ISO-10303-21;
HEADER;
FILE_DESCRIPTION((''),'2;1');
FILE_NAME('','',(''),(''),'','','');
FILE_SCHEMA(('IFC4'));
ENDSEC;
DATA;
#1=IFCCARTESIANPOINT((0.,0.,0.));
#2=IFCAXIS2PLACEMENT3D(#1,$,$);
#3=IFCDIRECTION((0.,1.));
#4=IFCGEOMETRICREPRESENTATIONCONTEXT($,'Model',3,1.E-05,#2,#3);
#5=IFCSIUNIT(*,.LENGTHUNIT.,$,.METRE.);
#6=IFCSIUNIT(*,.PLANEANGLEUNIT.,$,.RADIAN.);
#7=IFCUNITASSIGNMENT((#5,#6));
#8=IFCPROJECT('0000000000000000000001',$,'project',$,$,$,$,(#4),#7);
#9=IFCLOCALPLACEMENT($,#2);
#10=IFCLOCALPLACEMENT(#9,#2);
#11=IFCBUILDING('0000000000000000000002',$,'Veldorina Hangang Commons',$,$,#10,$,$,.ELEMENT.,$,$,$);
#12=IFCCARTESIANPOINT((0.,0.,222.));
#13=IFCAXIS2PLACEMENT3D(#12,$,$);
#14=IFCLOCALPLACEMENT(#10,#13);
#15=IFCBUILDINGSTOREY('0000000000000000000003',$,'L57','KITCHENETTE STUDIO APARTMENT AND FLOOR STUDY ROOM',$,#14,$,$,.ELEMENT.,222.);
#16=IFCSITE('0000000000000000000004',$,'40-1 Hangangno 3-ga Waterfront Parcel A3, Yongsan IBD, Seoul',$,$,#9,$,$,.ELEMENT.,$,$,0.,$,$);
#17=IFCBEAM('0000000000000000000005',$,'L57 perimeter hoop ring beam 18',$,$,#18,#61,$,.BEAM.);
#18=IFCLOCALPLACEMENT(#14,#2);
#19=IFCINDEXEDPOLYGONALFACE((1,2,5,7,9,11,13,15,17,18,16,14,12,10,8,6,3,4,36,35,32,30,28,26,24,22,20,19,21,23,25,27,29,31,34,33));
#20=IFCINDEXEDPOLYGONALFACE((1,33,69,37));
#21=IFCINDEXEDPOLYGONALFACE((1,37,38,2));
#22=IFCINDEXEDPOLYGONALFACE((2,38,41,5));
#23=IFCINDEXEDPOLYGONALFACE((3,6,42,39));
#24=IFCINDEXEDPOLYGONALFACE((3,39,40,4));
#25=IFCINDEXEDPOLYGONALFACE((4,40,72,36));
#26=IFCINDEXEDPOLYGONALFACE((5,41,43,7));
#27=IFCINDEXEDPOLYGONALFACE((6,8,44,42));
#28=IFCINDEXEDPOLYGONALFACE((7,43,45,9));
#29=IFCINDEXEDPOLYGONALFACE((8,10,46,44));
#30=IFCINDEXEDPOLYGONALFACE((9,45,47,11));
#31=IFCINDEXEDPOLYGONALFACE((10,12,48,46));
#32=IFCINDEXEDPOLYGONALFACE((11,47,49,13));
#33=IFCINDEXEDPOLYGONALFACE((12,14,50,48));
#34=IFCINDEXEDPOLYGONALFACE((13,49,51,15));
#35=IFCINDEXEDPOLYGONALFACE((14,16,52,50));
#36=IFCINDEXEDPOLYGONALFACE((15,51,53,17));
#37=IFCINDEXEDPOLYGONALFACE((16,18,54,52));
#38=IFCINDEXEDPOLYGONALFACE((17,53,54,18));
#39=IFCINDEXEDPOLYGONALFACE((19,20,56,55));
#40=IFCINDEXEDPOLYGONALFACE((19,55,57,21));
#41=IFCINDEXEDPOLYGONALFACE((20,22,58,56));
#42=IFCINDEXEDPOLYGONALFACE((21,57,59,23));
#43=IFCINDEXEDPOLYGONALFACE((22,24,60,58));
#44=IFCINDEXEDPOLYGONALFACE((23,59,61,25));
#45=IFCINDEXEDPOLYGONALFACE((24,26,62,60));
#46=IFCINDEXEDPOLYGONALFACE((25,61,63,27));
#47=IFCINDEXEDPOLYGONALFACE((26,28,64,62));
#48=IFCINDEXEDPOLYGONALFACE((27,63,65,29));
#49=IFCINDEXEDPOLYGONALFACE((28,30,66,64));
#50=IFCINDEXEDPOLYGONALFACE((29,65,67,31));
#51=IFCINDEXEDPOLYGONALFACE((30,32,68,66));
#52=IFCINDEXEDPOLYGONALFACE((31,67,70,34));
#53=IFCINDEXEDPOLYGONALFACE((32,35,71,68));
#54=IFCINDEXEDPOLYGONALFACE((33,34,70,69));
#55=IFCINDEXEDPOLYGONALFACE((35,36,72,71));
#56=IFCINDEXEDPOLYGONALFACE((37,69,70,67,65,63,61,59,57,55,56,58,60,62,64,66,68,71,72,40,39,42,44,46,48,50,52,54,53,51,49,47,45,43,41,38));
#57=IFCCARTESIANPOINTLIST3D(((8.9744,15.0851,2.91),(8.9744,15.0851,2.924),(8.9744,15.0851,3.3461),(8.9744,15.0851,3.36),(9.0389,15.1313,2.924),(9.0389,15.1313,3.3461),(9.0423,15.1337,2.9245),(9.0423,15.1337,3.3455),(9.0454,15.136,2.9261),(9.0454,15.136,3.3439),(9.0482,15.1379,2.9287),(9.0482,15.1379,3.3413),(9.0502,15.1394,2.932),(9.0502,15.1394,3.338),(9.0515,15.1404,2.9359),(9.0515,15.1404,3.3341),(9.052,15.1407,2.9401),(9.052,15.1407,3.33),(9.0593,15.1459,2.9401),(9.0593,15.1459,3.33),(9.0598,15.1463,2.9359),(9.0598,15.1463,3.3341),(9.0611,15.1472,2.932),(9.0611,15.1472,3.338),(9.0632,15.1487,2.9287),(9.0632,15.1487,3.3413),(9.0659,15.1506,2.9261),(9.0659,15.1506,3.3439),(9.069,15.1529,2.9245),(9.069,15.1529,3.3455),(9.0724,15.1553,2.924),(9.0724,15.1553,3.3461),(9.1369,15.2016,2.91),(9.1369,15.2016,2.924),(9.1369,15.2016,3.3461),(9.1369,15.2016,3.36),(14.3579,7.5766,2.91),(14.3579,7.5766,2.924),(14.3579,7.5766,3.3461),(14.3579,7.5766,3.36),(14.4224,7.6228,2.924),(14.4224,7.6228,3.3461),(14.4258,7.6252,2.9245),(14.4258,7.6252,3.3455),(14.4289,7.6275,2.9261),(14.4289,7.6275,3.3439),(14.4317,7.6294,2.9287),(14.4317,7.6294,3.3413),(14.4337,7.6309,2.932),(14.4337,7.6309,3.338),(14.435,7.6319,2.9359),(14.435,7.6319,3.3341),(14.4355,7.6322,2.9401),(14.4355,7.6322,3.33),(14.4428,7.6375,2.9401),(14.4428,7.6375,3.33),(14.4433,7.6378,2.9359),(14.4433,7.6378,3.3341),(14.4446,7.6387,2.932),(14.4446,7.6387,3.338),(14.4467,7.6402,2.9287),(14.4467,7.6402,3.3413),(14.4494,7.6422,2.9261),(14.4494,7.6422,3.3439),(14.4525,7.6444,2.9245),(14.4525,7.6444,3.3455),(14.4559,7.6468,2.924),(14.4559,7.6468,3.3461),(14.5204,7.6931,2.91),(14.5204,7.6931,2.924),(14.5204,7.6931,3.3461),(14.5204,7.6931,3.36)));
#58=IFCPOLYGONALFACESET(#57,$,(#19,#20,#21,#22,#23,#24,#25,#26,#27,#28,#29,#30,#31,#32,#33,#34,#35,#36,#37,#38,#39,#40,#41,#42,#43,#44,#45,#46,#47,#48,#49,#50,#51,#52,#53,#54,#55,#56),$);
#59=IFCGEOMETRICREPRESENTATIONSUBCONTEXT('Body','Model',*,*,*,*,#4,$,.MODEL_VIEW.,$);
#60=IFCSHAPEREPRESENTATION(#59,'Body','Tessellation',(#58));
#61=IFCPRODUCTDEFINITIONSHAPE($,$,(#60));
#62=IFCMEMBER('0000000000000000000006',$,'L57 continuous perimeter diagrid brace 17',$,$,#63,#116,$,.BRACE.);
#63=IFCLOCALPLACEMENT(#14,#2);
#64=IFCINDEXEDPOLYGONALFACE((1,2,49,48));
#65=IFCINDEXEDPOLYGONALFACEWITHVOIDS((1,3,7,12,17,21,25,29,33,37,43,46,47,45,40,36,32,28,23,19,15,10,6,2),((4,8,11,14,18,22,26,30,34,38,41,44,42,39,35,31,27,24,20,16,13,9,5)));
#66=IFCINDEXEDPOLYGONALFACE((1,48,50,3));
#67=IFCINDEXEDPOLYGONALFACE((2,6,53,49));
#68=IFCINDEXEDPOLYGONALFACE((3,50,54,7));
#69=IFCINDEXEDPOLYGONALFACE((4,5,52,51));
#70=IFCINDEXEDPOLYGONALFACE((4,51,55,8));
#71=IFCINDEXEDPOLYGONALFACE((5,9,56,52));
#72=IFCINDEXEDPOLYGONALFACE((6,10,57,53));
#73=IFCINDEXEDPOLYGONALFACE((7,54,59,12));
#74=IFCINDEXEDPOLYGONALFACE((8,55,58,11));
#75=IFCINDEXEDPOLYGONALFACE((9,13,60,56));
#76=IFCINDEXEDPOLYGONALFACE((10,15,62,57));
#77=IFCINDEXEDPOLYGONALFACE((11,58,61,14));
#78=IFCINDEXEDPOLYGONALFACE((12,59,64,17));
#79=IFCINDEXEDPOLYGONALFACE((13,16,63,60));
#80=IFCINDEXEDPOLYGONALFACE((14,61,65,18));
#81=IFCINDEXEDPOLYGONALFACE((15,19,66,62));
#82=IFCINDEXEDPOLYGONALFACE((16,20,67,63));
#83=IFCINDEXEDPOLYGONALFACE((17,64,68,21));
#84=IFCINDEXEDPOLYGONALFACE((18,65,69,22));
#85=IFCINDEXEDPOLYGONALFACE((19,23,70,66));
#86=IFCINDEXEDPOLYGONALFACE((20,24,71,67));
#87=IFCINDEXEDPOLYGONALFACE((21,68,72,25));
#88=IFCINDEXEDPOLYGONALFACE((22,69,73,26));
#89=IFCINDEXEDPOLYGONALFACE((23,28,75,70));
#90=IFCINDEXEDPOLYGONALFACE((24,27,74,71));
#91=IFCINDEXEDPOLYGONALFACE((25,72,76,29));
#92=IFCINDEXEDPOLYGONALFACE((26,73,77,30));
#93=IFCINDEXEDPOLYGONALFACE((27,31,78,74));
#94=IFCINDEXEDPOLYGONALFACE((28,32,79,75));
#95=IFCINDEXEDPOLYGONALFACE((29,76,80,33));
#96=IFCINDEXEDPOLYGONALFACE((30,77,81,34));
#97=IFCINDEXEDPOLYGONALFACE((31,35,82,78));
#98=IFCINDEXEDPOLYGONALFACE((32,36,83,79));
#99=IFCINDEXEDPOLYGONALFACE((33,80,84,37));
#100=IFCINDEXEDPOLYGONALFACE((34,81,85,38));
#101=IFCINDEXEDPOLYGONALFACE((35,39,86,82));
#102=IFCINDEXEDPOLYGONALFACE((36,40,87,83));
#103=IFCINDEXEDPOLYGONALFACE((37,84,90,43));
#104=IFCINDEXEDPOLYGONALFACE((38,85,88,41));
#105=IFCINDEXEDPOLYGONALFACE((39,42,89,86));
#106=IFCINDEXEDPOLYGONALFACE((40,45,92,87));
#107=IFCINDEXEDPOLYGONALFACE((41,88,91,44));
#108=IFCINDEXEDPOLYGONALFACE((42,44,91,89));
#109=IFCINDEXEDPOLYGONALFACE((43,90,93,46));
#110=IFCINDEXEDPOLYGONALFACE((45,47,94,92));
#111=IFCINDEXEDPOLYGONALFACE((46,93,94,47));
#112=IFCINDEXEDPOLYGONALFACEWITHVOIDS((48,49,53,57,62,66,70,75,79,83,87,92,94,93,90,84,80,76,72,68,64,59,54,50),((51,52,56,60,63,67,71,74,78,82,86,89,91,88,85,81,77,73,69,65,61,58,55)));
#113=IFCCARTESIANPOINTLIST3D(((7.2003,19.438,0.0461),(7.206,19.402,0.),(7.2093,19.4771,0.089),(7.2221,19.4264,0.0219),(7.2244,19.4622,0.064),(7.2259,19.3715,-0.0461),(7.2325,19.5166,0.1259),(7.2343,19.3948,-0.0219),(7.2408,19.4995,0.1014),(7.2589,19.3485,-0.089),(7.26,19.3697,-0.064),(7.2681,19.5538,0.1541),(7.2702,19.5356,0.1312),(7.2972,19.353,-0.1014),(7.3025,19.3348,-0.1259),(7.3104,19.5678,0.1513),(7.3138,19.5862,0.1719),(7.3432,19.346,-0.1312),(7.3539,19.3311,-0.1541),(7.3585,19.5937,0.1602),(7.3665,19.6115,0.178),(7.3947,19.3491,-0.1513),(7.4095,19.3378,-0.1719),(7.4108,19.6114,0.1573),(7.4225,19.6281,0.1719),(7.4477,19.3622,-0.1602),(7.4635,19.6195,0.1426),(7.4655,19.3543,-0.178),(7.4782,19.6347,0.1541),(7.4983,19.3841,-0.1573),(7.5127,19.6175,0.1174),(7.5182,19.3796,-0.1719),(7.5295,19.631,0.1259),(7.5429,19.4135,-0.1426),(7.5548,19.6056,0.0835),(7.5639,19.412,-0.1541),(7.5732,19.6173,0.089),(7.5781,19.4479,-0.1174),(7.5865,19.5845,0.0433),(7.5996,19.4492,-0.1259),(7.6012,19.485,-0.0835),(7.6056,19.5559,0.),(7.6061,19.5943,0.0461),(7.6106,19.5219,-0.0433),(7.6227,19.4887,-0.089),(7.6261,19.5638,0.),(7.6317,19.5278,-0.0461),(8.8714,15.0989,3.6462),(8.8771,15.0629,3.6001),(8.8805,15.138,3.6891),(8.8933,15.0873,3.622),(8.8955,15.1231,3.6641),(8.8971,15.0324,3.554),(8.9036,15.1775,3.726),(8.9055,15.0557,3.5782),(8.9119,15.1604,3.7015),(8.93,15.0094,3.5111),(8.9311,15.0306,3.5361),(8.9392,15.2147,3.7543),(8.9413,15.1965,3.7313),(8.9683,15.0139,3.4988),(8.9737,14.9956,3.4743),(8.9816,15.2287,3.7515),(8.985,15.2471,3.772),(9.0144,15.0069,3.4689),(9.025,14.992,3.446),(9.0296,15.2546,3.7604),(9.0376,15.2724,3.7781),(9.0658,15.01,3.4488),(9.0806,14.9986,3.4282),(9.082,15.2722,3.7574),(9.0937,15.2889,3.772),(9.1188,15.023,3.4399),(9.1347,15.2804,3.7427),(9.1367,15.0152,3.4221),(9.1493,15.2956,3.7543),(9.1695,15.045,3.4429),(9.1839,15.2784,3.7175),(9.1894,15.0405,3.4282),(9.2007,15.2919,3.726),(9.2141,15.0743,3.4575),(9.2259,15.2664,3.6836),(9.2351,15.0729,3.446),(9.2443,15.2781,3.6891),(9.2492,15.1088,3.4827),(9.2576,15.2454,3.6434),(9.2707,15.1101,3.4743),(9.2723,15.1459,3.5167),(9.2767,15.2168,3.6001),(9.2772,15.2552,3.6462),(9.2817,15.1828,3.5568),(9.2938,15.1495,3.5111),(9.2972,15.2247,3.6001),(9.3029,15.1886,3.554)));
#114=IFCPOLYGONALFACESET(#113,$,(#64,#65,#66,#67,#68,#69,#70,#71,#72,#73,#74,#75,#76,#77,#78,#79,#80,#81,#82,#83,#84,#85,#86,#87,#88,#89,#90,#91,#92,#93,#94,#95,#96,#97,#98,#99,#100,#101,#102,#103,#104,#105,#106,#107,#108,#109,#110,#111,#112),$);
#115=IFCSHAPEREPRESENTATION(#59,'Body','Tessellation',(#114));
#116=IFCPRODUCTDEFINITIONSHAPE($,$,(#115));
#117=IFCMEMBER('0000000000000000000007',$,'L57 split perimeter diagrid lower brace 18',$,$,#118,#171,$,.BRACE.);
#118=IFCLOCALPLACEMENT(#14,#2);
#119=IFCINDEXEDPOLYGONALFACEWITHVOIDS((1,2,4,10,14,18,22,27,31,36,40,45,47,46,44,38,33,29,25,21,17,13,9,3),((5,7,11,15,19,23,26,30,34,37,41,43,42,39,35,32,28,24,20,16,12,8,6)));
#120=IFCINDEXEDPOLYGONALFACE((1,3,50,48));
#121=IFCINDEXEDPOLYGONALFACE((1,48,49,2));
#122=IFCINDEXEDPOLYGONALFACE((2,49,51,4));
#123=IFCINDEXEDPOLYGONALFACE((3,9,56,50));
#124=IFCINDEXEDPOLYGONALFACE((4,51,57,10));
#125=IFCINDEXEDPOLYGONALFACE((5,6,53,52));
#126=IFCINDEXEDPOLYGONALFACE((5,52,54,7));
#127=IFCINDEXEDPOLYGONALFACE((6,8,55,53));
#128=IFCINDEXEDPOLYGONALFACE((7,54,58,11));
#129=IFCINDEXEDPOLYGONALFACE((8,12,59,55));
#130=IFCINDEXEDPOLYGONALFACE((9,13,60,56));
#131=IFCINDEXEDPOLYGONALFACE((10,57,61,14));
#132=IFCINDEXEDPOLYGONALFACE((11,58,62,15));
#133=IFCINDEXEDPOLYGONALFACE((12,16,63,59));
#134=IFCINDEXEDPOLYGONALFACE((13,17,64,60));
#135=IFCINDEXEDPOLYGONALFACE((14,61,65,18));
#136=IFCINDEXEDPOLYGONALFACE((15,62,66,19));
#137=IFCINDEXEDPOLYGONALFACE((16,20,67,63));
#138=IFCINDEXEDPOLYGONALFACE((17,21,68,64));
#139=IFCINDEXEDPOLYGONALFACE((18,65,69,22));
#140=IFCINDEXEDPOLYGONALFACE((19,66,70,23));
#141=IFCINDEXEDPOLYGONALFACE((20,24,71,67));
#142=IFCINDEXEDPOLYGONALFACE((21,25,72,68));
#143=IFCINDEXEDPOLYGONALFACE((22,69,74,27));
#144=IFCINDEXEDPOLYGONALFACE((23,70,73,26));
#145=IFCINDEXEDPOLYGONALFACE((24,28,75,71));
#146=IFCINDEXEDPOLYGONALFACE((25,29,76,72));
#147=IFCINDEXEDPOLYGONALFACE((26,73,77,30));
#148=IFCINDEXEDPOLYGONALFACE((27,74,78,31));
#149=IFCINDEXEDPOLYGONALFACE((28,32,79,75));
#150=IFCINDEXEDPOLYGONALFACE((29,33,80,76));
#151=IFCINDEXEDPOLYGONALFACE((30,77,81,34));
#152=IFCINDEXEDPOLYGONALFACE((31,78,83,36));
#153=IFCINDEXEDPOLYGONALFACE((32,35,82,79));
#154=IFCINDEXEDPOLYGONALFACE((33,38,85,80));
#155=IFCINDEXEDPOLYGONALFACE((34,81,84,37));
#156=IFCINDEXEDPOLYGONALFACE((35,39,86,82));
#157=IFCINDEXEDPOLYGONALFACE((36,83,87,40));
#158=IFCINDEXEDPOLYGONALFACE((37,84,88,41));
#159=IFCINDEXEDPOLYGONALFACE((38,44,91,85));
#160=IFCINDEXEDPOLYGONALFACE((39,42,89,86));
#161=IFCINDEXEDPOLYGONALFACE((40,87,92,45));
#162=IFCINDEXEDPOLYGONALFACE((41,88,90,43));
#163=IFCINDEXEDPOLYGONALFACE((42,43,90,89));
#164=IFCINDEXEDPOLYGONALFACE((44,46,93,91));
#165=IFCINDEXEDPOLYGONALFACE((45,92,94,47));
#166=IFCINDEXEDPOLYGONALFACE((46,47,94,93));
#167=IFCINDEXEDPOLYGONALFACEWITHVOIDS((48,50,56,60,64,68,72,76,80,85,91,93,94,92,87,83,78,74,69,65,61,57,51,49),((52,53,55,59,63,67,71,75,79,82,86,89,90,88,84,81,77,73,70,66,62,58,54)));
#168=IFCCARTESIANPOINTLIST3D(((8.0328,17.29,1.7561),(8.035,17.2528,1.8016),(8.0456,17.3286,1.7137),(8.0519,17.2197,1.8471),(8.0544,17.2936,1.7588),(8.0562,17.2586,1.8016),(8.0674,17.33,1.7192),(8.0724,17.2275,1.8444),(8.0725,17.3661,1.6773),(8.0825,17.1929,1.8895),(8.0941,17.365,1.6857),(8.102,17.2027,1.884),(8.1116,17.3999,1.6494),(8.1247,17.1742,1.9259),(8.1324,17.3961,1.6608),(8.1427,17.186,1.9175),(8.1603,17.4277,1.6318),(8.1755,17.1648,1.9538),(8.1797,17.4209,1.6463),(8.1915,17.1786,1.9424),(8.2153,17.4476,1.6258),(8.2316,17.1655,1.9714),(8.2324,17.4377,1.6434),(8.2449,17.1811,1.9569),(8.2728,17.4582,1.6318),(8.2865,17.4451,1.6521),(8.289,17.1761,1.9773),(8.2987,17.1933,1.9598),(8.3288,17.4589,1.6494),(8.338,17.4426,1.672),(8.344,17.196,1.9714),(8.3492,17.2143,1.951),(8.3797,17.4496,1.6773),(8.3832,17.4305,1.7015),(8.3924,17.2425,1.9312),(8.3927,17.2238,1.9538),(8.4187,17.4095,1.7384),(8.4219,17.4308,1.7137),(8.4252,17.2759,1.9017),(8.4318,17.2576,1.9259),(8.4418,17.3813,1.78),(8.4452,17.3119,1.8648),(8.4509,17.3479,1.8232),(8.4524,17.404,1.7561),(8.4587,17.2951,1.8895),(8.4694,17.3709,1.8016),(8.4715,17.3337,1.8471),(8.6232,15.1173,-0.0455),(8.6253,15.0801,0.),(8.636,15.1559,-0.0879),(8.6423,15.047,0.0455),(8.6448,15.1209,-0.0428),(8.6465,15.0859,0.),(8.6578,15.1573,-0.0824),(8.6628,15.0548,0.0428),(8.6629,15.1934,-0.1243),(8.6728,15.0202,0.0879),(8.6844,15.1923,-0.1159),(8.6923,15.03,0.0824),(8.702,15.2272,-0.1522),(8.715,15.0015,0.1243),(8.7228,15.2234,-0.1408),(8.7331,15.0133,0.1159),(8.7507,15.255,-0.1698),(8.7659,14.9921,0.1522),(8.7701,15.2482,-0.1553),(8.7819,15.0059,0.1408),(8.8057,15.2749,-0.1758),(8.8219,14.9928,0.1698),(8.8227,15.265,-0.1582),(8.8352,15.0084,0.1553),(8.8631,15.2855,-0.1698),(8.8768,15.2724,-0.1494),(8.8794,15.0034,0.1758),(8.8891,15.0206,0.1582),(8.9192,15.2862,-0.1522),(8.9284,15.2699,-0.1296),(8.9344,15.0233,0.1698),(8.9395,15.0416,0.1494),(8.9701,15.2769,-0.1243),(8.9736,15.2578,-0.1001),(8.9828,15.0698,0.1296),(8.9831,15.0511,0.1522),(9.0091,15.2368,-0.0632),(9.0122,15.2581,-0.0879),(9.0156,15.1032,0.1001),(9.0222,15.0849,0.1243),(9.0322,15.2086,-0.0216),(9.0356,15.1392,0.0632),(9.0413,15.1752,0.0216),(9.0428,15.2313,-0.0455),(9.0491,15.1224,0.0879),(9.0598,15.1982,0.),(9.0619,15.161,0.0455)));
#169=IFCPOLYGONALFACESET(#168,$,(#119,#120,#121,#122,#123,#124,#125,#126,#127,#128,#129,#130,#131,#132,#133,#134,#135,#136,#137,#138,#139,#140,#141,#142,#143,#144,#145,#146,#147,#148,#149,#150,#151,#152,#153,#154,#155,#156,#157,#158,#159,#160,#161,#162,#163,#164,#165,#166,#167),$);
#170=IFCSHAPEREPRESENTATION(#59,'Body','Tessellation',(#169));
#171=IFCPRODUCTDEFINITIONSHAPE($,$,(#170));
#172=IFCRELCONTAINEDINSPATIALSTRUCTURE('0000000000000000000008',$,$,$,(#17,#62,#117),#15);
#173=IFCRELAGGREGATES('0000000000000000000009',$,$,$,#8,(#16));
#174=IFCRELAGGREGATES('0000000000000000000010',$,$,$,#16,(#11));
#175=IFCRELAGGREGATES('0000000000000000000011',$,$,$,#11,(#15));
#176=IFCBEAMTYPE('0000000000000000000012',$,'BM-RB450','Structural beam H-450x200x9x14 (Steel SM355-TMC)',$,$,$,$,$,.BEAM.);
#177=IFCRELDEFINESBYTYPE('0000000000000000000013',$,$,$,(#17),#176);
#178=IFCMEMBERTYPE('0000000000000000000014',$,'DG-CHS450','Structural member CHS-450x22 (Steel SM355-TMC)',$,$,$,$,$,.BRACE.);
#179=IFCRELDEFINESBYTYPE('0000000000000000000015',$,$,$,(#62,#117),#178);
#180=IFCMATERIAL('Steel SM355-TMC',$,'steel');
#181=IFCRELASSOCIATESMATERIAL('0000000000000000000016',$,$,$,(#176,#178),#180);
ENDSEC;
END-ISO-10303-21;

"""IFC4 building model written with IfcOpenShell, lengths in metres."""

from ifc_helpers import new_model, si_unit, direction, frame, origin, origin_2d, place, context, subcontext, project, spatial, hollow_circle, i_section, extrude, material, material_profile, profile_set, type_object, element, save


model = new_model("IFC4")

# Units and contexts
model_context = context("Model", 3, precision=1e-05, world=origin(), true_north=direction((0.0, 1.0)))
body_context = subcontext(model_context, "Body", "Model", "MODEL_VIEW")
ifc_project = project(units=[si_unit("LENGTHUNIT", "METRE"), si_unit("PLANEANGLEUNIT", "RADIAN")], contexts=[model_context])

# Site, building, storey
site_placement = place(None, origin())
site = spatial("IfcSite", under=ifc_project, at=site_placement, Name="40-1 Hangangno 3-ga Waterfront Parcel A3, Yongsan IBD, Seoul", CompositionType="ELEMENT", RefElevation=0.0)
building_placement = place(site_placement, origin())
building = spatial("IfcBuilding", under=site, at=building_placement, Name="Veldorina Hangang Commons", CompositionType="ELEMENT")
storey_placement = place(building_placement, frame((0.0, 0.0, 222.0)))
storey = spatial("IfcBuildingStorey", under=building, at=storey_placement, Name="L57", Description="KITCHENETTE STUDIO APARTMENT AND FLOOR STUDY ROOM", CompositionType="ELEMENT", Elevation=222.0)

# Beam
ifc_material_1 = material(Name="Steel SM355-TMC", Category="steel")
ifc_material_profile_1 = material_profile(ifc_material_1, i_section(OverallWidth=0.2, OverallDepth=0.45, WebThickness=0.009, FlangeThickness=0.0139, FilletRadius=0.0161, at=origin_2d()), Name="H-450x200x9x14")
ifc_profile_set_1 = profile_set([ifc_material_profile_1], Name="Steel SM355-TMC")
beam_type = type_object("IfcBeamType", Name="BM-RB450", Description="Structural beam H-450x200x9x14 (Steel SM355-TMC)", PredefinedType="BEAM", material=ifc_profile_set_1)
beam_placement = place(storey_placement, frame((9.0557, 15.1433, 3.135), z_axis=(0.582692, -0.812693, 0.0), x_axis=(0.812693, 0.582692, 0.0)))
element("IfcBeam", 1, at=beam_placement, inside=storey, type_object=beam_type, Name="L57 perimeter hoop ring beam 18", PredefinedType="BEAM", context=body_context, shape_type="SweptSolid", body=[
    extrude(i_section(OverallWidth=0.2, OverallDepth=0.45, WebThickness=0.009, FlangeThickness=0.0139, FilletRadius=0.0161, at=origin_2d()), origin(), (0.0, 0.0, 1.0), 9.239),
])

# Members
ifc_material_profile_2 = material_profile(ifc_material_1, hollow_circle(Radius=0.2251, WallThickness=0.022, at=origin_2d()), Name="CHS-450x22")
ifc_profile_set_2 = profile_set([ifc_material_profile_2], Name="Steel SM355-TMC")
member_type_1 = type_object("IfcMemberType", Name="DG-CHS450", Description="Structural member CHS-450x22 (Steel SM355-TMC)", PredefinedType="BRACE", material=ifc_profile_set_2)
member_1_placement = place(storey_placement, frame((7.416, 19.4829, 0.0), z_axis=(0.28418, -0.73787, 0.6122), x_axis=(0.933183, 0.359401, 0.0)))
element("IfcMember", 2, at=member_1_placement, inside=storey, type_object=member_type_1, Name="L57 continuous perimeter diagrid brace 17", PredefinedType="BRACE", context=body_context, shape_type="SweptSolid", body=[
    extrude(hollow_circle(Radius=0.2251, WallThickness=0.022, at=origin_2d()), origin(), (0.0, 0.0, 1.0), 5.8806),
])
member_2_placement = place(storey_placement, frame((8.8425, 15.1392, 0.0), z_axis=(-0.204733, 0.75348, 0.624782), x_axis=(-0.965011, -0.262209, 0.0)))
element("IfcMember", 3, at=member_2_placement, inside=storey, type_object=member_type_1, Name="L57 split perimeter diagrid lower brace 18", PredefinedType="BRACE", context=body_context, shape_type="SweptSolid", body=[
    extrude(hollow_circle(Radius=0.2251, WallThickness=0.022, at=origin_2d()), origin(), (0.0, 0.0, 1.0), 2.8835),
])

save(model, "model.ifc")
